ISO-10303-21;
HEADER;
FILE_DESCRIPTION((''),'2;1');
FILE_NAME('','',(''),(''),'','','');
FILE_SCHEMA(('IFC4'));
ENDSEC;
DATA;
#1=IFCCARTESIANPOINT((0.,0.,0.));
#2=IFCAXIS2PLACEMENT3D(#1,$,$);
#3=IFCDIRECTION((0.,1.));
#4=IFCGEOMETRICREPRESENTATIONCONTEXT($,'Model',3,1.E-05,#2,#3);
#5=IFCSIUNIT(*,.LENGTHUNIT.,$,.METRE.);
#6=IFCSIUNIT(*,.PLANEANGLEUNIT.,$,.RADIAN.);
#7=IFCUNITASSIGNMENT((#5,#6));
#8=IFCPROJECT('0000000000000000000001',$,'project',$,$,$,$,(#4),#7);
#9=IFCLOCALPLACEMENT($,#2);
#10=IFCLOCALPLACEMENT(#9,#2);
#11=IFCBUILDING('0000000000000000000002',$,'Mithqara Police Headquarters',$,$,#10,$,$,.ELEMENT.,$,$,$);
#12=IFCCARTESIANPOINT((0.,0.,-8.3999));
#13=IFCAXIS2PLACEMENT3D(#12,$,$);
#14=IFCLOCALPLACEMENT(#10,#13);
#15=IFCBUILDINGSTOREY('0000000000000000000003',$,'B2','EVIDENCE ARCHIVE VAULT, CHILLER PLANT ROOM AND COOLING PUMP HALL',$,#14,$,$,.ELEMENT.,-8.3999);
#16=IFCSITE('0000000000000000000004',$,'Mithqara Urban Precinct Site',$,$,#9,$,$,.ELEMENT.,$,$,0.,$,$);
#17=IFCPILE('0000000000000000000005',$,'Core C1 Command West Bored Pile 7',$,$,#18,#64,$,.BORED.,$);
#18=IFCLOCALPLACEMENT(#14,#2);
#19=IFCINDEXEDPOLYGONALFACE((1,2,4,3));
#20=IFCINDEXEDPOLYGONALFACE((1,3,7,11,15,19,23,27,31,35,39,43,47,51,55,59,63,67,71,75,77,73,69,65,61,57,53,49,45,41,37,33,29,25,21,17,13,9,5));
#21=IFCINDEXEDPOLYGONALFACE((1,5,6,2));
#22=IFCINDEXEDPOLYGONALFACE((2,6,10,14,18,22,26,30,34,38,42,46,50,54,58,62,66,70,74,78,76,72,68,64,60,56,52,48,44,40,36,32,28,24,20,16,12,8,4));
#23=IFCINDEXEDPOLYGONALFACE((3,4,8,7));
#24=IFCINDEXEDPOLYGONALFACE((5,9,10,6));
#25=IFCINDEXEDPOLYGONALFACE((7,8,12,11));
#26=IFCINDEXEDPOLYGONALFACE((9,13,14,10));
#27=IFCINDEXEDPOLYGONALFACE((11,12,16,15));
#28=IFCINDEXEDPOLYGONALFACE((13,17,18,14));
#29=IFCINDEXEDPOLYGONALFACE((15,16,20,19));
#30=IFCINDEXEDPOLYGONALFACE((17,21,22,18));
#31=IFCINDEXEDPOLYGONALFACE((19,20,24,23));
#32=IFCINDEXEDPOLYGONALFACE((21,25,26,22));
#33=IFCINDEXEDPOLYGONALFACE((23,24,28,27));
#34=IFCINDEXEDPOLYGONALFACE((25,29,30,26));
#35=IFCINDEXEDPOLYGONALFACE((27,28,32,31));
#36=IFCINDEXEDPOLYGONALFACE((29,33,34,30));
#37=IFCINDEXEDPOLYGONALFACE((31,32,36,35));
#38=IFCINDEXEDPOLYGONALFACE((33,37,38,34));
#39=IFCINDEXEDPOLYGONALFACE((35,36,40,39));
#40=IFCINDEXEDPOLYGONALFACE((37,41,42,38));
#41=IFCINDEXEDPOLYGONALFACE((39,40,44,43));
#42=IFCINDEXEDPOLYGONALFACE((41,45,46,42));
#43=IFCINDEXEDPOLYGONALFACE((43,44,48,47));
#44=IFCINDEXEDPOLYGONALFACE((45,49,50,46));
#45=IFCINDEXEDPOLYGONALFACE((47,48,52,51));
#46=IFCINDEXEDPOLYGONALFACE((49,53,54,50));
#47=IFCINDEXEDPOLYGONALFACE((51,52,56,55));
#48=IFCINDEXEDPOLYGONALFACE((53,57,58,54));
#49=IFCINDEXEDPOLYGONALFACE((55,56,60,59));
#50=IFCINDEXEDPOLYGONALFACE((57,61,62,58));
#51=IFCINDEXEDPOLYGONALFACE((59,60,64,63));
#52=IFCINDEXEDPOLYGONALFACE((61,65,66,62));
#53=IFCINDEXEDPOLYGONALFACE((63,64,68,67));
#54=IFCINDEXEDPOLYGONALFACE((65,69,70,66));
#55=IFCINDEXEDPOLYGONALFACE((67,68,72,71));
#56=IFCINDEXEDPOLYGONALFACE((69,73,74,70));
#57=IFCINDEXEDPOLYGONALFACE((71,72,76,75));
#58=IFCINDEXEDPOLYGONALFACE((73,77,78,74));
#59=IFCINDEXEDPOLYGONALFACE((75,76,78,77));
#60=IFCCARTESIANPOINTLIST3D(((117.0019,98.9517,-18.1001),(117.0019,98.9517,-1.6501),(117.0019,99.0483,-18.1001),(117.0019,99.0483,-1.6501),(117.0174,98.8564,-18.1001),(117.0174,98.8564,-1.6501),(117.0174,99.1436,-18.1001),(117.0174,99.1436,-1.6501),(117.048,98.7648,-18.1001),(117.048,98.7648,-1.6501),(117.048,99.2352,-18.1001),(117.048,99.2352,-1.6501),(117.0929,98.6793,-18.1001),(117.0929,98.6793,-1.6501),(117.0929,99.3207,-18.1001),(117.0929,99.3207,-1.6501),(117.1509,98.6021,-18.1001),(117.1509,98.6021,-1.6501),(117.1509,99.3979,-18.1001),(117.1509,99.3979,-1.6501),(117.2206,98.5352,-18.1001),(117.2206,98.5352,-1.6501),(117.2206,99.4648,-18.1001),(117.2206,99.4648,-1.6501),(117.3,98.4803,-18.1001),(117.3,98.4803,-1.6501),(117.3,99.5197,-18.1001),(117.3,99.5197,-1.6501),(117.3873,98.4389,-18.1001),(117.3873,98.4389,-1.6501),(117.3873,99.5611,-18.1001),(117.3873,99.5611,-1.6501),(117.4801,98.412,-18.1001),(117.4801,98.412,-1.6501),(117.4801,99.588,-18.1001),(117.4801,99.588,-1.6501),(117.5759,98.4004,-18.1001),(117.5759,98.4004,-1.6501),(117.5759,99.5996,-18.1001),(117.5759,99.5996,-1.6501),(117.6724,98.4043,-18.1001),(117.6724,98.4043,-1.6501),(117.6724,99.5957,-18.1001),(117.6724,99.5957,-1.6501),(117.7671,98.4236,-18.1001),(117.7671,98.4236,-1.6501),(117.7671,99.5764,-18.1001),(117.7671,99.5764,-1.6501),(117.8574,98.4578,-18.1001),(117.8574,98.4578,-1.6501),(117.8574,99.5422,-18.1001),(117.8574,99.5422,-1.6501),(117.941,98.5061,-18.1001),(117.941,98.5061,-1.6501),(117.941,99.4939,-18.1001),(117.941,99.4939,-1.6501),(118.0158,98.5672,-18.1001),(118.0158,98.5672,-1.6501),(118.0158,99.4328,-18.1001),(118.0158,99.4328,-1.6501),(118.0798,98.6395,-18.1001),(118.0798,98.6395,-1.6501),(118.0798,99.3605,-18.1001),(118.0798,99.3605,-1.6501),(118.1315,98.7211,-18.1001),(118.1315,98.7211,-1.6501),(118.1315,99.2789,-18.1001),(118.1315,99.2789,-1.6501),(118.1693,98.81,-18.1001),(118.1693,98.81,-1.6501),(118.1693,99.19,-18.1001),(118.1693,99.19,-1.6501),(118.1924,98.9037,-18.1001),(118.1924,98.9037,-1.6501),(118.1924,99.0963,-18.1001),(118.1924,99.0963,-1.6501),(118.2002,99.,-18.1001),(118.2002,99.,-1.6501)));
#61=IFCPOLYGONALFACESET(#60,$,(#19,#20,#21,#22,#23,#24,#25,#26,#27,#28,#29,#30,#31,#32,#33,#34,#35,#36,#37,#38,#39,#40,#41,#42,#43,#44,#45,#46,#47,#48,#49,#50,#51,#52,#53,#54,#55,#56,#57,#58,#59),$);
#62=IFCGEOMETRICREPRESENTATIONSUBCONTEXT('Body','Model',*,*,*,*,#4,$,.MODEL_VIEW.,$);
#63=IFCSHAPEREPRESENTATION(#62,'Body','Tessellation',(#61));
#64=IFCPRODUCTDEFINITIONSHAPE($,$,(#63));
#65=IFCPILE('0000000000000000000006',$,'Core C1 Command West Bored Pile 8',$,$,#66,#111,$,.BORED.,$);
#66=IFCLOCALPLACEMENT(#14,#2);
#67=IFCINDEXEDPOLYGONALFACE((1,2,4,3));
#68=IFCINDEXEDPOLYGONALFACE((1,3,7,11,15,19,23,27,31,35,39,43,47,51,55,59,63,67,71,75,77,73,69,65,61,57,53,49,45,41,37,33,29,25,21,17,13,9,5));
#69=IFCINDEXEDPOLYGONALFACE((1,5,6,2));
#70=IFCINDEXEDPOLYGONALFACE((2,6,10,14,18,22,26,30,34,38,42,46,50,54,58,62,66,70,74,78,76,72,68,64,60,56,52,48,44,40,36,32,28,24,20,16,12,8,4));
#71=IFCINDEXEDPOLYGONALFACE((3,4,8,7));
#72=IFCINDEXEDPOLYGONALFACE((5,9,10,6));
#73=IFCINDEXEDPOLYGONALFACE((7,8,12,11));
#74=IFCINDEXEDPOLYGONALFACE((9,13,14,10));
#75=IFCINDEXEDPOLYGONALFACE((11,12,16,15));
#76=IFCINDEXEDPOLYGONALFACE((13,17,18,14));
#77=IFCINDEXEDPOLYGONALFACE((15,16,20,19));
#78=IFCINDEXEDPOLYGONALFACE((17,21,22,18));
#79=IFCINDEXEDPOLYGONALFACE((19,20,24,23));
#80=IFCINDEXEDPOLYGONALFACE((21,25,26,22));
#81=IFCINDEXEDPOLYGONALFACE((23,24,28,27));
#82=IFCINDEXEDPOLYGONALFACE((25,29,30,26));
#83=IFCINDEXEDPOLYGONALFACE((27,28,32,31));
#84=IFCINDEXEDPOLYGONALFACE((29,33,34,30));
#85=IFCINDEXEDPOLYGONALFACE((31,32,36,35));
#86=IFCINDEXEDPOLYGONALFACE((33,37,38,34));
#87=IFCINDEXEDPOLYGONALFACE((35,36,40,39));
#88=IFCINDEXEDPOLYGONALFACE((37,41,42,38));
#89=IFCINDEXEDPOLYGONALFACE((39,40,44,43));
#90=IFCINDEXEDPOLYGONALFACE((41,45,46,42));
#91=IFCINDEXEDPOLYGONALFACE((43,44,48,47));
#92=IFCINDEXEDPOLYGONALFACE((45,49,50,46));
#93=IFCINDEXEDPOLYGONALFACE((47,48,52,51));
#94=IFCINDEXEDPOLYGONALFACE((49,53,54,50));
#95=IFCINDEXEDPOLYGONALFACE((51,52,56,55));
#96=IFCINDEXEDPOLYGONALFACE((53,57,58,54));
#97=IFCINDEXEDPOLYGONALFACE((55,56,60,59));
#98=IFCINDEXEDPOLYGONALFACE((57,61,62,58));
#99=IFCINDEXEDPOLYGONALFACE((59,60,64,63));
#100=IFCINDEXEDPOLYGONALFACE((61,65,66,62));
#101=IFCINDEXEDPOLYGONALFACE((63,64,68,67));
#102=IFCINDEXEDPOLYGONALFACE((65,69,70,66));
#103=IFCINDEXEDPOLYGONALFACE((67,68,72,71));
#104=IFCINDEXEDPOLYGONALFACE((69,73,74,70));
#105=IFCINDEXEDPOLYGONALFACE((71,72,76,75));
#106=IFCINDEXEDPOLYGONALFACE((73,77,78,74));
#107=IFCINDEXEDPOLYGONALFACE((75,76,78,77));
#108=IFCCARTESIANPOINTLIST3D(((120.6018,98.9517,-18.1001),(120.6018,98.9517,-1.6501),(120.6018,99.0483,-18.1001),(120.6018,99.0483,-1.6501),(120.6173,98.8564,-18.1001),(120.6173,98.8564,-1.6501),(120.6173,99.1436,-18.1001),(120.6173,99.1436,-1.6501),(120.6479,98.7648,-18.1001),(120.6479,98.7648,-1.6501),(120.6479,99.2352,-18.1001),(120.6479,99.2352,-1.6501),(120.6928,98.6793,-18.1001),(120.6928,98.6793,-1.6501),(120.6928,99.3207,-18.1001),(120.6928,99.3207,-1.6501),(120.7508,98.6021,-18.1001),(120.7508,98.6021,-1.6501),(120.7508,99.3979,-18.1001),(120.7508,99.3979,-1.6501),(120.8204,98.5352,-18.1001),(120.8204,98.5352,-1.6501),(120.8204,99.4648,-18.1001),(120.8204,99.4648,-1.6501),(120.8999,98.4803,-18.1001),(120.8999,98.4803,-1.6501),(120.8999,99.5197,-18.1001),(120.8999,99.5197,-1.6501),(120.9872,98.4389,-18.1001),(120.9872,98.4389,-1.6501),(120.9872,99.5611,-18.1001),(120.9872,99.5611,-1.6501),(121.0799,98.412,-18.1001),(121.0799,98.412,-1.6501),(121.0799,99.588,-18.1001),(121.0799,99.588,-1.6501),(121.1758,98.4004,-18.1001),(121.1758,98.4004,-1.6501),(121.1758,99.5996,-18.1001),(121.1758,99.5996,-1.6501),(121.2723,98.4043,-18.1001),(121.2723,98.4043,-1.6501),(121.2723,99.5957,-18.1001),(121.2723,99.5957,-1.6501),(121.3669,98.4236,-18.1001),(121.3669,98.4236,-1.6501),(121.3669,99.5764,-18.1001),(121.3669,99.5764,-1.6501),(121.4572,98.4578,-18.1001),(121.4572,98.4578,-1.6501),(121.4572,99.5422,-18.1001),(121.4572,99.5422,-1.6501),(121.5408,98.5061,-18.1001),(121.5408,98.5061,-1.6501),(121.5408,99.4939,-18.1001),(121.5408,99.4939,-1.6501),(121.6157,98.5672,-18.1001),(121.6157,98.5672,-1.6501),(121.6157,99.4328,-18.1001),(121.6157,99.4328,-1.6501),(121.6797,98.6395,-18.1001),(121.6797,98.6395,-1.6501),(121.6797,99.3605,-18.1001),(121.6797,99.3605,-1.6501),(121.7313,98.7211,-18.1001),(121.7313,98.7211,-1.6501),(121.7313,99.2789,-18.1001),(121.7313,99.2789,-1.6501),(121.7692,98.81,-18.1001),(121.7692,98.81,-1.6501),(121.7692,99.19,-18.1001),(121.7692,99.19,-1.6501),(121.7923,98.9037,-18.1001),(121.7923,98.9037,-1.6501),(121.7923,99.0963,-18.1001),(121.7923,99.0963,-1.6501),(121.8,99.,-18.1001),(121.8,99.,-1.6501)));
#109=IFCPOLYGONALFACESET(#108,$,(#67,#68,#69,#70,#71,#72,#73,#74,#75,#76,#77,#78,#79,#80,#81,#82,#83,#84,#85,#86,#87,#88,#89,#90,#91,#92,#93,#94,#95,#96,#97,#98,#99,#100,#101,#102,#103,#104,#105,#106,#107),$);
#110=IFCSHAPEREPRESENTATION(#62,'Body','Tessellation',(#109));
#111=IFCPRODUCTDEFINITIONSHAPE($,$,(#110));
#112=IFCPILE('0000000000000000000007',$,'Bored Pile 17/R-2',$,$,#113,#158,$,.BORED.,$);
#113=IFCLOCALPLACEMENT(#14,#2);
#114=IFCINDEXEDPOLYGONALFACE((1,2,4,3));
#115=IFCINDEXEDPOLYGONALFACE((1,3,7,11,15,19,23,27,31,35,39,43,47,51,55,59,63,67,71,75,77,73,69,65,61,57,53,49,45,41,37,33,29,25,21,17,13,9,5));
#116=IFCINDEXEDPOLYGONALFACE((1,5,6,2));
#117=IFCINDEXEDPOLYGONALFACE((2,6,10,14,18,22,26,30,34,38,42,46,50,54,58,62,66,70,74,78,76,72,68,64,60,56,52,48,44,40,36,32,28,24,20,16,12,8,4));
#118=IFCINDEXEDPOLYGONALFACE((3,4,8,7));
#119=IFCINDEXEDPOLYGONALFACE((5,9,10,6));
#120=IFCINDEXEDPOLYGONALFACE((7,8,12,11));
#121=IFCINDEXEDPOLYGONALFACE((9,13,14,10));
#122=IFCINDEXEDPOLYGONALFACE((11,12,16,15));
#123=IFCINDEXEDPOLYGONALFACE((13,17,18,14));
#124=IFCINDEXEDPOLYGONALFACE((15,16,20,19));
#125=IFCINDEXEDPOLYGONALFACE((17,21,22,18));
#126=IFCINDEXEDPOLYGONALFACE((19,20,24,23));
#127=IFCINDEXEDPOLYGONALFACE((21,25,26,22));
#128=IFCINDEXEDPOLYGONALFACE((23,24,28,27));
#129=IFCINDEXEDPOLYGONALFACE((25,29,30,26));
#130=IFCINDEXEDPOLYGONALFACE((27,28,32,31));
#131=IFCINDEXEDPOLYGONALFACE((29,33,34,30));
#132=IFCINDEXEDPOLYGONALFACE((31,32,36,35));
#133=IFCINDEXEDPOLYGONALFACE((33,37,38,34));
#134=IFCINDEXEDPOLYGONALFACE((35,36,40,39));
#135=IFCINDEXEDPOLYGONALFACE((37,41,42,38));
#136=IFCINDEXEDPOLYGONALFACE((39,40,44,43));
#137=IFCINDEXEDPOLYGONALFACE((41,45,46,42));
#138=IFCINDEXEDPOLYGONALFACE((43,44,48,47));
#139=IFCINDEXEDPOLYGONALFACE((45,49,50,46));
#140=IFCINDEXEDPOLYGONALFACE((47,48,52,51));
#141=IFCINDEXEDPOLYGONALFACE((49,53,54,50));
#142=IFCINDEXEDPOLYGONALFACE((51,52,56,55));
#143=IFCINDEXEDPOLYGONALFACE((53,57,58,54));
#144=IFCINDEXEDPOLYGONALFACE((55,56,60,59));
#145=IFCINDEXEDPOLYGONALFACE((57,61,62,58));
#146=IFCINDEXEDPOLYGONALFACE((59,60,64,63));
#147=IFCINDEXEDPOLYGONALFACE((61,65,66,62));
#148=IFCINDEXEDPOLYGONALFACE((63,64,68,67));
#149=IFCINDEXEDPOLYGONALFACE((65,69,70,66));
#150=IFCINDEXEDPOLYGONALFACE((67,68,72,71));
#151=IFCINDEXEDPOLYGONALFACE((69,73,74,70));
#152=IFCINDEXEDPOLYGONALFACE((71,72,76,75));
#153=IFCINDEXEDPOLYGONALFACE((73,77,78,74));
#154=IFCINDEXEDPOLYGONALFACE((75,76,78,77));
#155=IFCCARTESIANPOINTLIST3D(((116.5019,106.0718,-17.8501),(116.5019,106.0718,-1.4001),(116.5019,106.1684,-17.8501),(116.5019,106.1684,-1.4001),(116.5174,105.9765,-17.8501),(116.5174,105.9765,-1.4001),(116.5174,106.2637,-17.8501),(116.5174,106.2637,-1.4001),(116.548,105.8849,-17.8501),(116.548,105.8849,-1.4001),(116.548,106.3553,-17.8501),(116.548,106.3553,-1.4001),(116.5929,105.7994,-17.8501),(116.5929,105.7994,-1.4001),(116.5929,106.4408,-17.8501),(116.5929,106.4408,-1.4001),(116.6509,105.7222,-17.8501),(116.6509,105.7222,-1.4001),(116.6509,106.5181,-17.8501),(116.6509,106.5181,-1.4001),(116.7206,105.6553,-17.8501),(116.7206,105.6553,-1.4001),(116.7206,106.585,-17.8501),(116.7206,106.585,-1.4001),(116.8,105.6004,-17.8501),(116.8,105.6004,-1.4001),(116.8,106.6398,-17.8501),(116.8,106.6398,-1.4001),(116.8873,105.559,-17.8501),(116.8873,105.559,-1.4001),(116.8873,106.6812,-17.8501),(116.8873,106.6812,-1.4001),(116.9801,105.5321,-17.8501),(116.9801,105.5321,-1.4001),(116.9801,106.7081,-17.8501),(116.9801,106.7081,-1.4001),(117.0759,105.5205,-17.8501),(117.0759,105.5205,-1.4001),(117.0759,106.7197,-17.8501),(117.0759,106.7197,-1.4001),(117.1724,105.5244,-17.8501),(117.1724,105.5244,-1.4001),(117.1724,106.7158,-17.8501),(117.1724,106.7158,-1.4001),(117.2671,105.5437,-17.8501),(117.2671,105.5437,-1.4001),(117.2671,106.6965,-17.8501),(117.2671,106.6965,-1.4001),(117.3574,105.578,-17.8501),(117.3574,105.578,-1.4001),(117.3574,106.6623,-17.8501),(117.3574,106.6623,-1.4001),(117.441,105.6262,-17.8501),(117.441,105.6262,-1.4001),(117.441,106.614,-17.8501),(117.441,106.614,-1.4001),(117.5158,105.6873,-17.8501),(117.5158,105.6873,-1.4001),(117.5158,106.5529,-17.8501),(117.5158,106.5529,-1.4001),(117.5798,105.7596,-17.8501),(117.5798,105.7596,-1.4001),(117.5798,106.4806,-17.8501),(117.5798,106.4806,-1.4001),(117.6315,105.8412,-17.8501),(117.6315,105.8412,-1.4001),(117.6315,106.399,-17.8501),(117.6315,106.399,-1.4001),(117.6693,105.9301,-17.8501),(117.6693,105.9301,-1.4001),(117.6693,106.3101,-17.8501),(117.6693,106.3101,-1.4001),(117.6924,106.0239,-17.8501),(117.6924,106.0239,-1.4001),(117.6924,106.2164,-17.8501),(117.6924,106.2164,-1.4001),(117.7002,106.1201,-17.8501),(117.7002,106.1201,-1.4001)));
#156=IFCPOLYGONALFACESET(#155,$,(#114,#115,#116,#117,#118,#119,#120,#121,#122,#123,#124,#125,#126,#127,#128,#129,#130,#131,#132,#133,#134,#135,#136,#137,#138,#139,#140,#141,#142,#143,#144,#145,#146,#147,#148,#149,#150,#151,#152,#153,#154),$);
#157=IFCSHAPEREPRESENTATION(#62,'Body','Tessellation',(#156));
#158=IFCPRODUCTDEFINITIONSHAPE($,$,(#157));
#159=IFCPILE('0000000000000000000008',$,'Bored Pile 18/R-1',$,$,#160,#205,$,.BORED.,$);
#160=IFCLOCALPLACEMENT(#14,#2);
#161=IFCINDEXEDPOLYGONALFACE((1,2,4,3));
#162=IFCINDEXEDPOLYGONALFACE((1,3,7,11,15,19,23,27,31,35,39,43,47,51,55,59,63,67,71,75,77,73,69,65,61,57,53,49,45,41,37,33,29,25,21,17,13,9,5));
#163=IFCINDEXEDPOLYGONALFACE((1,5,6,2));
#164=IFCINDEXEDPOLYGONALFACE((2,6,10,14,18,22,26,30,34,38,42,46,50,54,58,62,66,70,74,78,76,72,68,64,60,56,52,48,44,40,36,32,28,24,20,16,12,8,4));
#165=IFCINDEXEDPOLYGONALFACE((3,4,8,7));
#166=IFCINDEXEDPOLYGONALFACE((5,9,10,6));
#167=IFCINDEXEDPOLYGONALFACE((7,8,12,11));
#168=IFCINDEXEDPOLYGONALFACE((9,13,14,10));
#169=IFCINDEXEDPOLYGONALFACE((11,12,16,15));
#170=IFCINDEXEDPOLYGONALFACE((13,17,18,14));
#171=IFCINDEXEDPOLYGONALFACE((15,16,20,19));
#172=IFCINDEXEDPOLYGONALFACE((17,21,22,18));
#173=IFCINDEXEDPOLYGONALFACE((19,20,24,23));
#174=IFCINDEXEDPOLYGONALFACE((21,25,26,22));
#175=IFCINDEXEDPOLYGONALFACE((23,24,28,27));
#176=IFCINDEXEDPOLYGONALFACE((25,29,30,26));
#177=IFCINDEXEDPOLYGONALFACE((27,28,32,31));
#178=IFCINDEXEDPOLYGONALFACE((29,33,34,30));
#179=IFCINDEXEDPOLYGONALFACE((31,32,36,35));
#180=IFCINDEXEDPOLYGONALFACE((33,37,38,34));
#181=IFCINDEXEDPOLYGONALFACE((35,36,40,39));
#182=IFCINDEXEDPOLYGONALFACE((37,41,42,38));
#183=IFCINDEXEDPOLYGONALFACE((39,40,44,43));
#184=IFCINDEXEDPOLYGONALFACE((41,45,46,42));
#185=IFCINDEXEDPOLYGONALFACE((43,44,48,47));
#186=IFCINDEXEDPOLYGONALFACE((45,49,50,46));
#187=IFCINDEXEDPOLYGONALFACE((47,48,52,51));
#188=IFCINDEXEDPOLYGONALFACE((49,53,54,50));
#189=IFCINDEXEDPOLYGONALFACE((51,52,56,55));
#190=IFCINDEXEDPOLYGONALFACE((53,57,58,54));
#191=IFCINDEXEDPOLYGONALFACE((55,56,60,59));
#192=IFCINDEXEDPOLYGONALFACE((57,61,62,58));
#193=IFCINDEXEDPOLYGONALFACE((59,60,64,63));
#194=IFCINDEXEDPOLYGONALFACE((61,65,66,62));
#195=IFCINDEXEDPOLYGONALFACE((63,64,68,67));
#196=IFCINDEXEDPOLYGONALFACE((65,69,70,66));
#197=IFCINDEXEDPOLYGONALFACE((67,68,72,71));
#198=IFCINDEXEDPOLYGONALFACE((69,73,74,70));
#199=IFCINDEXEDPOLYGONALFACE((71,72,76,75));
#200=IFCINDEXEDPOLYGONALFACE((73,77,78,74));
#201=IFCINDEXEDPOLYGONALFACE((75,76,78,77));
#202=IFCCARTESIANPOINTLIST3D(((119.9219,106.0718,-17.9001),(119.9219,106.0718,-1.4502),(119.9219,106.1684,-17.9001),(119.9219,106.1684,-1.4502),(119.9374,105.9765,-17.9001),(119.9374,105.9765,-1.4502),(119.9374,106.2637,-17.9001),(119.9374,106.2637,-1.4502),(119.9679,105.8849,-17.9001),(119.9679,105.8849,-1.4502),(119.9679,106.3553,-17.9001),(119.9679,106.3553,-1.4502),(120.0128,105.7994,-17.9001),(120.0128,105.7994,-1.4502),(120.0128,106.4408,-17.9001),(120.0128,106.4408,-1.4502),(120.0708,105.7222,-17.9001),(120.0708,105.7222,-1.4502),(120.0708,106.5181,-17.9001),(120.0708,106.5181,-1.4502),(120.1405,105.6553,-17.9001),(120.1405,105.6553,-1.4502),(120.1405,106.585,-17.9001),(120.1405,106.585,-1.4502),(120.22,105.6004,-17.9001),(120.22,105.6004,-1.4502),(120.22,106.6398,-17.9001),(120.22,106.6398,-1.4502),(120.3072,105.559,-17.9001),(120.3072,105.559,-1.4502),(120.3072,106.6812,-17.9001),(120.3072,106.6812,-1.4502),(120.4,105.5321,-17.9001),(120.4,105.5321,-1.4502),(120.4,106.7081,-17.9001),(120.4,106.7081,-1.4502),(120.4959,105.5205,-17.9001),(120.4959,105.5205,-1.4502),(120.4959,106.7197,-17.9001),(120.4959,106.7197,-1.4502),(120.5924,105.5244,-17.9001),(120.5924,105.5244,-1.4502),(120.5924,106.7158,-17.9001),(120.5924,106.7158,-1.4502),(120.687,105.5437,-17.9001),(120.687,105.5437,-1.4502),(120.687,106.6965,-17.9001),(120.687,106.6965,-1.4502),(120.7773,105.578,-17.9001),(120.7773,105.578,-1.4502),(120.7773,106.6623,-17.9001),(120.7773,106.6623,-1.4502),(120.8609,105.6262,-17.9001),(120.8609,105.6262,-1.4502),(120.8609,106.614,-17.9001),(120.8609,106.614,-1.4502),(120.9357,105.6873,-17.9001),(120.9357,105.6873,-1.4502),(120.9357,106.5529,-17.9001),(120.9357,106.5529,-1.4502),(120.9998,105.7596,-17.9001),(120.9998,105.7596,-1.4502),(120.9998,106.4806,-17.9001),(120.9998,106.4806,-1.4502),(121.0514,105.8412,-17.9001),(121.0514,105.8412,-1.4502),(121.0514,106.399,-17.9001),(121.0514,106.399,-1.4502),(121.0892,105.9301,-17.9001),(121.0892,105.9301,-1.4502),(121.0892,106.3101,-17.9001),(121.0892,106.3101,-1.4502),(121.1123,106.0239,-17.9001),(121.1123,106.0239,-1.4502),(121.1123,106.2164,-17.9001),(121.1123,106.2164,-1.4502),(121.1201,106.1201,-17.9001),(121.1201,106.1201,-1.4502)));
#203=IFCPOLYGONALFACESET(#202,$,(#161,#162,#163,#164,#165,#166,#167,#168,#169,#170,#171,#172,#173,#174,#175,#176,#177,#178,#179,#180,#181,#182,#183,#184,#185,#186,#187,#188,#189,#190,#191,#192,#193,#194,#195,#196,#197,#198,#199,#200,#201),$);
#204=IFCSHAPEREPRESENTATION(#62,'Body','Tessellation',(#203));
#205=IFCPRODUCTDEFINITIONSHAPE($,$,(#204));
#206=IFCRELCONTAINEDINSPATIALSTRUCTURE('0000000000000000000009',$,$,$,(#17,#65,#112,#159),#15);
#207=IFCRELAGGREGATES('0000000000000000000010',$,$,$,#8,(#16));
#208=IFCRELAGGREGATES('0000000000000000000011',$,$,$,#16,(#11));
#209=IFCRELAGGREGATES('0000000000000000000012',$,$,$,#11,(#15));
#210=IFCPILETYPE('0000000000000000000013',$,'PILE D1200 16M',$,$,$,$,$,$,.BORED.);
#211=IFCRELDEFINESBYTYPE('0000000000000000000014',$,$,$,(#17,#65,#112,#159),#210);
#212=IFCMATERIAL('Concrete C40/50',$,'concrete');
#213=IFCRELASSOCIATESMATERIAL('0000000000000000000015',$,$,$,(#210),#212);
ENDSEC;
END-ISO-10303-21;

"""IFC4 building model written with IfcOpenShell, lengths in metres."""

from ifc_helpers import new_model, si_unit, direction, frame, origin, origin_2d, place, context, subcontext, project, spatial, circle, extrude, material, material_profile, profile_set, type_object, element, save


model = new_model("IFC4")

# Units and contexts
model_context = context("Model", 3, precision=1e-05, world=origin(), true_north=direction((0.0, 1.0)))
body_context = subcontext(model_context, "Body", "Model", "MODEL_VIEW")
ifc_project = project(units=[si_unit("LENGTHUNIT", "METRE"), si_unit("PLANEANGLEUNIT", "RADIAN")], contexts=[model_context])

# Site, building, storey
site_placement = place(None, origin())
site = spatial("IfcSite", under=ifc_project, at=site_placement, Name="Mithqara Urban Precinct Site", CompositionType="ELEMENT", RefElevation=0.0)
building_placement = place(site_placement, origin())
building = spatial("IfcBuilding", under=site, at=building_placement, Name="Mithqara Police Headquarters", CompositionType="ELEMENT")
storey_placement = place(building_placement, frame((0.0, 0.0, -8.3999)))
storey = spatial("IfcBuildingStorey", under=building, at=storey_placement, Name="B2", Description="EVIDENCE ARCHIVE VAULT, CHILLER PLANT ROOM AND COOLING PUMP HALL", CompositionType="ELEMENT", Elevation=-8.3999)

# Piles
ifc_material_1 = material(Name="Concrete C40/50", Category="concrete")
ifc_material_profile_1 = material_profile(ifc_material_1, circle(Radius=0.6001, at=origin_2d()), Name="PILE D1200")
ifc_profile_set_1 = profile_set([ifc_material_profile_1], Name="Concrete C40/50")
pile_type = type_object("IfcPileType", Name="PILE D1200 16M", PredefinedType="BORED", material=ifc_profile_set_1)
for number, where, z_axis, x_axis, name in (
    (1, (117.6001, 99.0, -1.6501), (0.0, 0.0, -1.0), (1.0, 0.0, 0.0), "Core C1 Command West Bored Pile 7"),
    (2, (121.2, 99.0, -1.6501), (0.0, 0.0, -1.0), (1.0, 0.0, 0.0), "Core C1 Command West Bored Pile 8"),
    (3, (117.1001, 106.1201, -1.4001), (0.0, 0.0, -1.0), (1.0, 0.0, 0.0), "Bored Pile 17/R-2"),
    (4, (120.52, 106.1201, -1.4502), (0.0, 0.0, -1.0), (1.0, 0.0, 0.0), "Bored Pile 18/R-1"),
):
    element("IfcPile", number, at=place(storey_placement, frame(where, z_axis=z_axis, x_axis=x_axis)), inside=storey, type_object=pile_type, Name=name, PredefinedType="BORED", context=body_context, shape_type="SweptSolid", body=[
        extrude(circle(Radius=0.6001, at=origin_2d()), origin(), (0.0, 0.0, 1.0), 16.45),
    ])

save(model, "model.ifc")
